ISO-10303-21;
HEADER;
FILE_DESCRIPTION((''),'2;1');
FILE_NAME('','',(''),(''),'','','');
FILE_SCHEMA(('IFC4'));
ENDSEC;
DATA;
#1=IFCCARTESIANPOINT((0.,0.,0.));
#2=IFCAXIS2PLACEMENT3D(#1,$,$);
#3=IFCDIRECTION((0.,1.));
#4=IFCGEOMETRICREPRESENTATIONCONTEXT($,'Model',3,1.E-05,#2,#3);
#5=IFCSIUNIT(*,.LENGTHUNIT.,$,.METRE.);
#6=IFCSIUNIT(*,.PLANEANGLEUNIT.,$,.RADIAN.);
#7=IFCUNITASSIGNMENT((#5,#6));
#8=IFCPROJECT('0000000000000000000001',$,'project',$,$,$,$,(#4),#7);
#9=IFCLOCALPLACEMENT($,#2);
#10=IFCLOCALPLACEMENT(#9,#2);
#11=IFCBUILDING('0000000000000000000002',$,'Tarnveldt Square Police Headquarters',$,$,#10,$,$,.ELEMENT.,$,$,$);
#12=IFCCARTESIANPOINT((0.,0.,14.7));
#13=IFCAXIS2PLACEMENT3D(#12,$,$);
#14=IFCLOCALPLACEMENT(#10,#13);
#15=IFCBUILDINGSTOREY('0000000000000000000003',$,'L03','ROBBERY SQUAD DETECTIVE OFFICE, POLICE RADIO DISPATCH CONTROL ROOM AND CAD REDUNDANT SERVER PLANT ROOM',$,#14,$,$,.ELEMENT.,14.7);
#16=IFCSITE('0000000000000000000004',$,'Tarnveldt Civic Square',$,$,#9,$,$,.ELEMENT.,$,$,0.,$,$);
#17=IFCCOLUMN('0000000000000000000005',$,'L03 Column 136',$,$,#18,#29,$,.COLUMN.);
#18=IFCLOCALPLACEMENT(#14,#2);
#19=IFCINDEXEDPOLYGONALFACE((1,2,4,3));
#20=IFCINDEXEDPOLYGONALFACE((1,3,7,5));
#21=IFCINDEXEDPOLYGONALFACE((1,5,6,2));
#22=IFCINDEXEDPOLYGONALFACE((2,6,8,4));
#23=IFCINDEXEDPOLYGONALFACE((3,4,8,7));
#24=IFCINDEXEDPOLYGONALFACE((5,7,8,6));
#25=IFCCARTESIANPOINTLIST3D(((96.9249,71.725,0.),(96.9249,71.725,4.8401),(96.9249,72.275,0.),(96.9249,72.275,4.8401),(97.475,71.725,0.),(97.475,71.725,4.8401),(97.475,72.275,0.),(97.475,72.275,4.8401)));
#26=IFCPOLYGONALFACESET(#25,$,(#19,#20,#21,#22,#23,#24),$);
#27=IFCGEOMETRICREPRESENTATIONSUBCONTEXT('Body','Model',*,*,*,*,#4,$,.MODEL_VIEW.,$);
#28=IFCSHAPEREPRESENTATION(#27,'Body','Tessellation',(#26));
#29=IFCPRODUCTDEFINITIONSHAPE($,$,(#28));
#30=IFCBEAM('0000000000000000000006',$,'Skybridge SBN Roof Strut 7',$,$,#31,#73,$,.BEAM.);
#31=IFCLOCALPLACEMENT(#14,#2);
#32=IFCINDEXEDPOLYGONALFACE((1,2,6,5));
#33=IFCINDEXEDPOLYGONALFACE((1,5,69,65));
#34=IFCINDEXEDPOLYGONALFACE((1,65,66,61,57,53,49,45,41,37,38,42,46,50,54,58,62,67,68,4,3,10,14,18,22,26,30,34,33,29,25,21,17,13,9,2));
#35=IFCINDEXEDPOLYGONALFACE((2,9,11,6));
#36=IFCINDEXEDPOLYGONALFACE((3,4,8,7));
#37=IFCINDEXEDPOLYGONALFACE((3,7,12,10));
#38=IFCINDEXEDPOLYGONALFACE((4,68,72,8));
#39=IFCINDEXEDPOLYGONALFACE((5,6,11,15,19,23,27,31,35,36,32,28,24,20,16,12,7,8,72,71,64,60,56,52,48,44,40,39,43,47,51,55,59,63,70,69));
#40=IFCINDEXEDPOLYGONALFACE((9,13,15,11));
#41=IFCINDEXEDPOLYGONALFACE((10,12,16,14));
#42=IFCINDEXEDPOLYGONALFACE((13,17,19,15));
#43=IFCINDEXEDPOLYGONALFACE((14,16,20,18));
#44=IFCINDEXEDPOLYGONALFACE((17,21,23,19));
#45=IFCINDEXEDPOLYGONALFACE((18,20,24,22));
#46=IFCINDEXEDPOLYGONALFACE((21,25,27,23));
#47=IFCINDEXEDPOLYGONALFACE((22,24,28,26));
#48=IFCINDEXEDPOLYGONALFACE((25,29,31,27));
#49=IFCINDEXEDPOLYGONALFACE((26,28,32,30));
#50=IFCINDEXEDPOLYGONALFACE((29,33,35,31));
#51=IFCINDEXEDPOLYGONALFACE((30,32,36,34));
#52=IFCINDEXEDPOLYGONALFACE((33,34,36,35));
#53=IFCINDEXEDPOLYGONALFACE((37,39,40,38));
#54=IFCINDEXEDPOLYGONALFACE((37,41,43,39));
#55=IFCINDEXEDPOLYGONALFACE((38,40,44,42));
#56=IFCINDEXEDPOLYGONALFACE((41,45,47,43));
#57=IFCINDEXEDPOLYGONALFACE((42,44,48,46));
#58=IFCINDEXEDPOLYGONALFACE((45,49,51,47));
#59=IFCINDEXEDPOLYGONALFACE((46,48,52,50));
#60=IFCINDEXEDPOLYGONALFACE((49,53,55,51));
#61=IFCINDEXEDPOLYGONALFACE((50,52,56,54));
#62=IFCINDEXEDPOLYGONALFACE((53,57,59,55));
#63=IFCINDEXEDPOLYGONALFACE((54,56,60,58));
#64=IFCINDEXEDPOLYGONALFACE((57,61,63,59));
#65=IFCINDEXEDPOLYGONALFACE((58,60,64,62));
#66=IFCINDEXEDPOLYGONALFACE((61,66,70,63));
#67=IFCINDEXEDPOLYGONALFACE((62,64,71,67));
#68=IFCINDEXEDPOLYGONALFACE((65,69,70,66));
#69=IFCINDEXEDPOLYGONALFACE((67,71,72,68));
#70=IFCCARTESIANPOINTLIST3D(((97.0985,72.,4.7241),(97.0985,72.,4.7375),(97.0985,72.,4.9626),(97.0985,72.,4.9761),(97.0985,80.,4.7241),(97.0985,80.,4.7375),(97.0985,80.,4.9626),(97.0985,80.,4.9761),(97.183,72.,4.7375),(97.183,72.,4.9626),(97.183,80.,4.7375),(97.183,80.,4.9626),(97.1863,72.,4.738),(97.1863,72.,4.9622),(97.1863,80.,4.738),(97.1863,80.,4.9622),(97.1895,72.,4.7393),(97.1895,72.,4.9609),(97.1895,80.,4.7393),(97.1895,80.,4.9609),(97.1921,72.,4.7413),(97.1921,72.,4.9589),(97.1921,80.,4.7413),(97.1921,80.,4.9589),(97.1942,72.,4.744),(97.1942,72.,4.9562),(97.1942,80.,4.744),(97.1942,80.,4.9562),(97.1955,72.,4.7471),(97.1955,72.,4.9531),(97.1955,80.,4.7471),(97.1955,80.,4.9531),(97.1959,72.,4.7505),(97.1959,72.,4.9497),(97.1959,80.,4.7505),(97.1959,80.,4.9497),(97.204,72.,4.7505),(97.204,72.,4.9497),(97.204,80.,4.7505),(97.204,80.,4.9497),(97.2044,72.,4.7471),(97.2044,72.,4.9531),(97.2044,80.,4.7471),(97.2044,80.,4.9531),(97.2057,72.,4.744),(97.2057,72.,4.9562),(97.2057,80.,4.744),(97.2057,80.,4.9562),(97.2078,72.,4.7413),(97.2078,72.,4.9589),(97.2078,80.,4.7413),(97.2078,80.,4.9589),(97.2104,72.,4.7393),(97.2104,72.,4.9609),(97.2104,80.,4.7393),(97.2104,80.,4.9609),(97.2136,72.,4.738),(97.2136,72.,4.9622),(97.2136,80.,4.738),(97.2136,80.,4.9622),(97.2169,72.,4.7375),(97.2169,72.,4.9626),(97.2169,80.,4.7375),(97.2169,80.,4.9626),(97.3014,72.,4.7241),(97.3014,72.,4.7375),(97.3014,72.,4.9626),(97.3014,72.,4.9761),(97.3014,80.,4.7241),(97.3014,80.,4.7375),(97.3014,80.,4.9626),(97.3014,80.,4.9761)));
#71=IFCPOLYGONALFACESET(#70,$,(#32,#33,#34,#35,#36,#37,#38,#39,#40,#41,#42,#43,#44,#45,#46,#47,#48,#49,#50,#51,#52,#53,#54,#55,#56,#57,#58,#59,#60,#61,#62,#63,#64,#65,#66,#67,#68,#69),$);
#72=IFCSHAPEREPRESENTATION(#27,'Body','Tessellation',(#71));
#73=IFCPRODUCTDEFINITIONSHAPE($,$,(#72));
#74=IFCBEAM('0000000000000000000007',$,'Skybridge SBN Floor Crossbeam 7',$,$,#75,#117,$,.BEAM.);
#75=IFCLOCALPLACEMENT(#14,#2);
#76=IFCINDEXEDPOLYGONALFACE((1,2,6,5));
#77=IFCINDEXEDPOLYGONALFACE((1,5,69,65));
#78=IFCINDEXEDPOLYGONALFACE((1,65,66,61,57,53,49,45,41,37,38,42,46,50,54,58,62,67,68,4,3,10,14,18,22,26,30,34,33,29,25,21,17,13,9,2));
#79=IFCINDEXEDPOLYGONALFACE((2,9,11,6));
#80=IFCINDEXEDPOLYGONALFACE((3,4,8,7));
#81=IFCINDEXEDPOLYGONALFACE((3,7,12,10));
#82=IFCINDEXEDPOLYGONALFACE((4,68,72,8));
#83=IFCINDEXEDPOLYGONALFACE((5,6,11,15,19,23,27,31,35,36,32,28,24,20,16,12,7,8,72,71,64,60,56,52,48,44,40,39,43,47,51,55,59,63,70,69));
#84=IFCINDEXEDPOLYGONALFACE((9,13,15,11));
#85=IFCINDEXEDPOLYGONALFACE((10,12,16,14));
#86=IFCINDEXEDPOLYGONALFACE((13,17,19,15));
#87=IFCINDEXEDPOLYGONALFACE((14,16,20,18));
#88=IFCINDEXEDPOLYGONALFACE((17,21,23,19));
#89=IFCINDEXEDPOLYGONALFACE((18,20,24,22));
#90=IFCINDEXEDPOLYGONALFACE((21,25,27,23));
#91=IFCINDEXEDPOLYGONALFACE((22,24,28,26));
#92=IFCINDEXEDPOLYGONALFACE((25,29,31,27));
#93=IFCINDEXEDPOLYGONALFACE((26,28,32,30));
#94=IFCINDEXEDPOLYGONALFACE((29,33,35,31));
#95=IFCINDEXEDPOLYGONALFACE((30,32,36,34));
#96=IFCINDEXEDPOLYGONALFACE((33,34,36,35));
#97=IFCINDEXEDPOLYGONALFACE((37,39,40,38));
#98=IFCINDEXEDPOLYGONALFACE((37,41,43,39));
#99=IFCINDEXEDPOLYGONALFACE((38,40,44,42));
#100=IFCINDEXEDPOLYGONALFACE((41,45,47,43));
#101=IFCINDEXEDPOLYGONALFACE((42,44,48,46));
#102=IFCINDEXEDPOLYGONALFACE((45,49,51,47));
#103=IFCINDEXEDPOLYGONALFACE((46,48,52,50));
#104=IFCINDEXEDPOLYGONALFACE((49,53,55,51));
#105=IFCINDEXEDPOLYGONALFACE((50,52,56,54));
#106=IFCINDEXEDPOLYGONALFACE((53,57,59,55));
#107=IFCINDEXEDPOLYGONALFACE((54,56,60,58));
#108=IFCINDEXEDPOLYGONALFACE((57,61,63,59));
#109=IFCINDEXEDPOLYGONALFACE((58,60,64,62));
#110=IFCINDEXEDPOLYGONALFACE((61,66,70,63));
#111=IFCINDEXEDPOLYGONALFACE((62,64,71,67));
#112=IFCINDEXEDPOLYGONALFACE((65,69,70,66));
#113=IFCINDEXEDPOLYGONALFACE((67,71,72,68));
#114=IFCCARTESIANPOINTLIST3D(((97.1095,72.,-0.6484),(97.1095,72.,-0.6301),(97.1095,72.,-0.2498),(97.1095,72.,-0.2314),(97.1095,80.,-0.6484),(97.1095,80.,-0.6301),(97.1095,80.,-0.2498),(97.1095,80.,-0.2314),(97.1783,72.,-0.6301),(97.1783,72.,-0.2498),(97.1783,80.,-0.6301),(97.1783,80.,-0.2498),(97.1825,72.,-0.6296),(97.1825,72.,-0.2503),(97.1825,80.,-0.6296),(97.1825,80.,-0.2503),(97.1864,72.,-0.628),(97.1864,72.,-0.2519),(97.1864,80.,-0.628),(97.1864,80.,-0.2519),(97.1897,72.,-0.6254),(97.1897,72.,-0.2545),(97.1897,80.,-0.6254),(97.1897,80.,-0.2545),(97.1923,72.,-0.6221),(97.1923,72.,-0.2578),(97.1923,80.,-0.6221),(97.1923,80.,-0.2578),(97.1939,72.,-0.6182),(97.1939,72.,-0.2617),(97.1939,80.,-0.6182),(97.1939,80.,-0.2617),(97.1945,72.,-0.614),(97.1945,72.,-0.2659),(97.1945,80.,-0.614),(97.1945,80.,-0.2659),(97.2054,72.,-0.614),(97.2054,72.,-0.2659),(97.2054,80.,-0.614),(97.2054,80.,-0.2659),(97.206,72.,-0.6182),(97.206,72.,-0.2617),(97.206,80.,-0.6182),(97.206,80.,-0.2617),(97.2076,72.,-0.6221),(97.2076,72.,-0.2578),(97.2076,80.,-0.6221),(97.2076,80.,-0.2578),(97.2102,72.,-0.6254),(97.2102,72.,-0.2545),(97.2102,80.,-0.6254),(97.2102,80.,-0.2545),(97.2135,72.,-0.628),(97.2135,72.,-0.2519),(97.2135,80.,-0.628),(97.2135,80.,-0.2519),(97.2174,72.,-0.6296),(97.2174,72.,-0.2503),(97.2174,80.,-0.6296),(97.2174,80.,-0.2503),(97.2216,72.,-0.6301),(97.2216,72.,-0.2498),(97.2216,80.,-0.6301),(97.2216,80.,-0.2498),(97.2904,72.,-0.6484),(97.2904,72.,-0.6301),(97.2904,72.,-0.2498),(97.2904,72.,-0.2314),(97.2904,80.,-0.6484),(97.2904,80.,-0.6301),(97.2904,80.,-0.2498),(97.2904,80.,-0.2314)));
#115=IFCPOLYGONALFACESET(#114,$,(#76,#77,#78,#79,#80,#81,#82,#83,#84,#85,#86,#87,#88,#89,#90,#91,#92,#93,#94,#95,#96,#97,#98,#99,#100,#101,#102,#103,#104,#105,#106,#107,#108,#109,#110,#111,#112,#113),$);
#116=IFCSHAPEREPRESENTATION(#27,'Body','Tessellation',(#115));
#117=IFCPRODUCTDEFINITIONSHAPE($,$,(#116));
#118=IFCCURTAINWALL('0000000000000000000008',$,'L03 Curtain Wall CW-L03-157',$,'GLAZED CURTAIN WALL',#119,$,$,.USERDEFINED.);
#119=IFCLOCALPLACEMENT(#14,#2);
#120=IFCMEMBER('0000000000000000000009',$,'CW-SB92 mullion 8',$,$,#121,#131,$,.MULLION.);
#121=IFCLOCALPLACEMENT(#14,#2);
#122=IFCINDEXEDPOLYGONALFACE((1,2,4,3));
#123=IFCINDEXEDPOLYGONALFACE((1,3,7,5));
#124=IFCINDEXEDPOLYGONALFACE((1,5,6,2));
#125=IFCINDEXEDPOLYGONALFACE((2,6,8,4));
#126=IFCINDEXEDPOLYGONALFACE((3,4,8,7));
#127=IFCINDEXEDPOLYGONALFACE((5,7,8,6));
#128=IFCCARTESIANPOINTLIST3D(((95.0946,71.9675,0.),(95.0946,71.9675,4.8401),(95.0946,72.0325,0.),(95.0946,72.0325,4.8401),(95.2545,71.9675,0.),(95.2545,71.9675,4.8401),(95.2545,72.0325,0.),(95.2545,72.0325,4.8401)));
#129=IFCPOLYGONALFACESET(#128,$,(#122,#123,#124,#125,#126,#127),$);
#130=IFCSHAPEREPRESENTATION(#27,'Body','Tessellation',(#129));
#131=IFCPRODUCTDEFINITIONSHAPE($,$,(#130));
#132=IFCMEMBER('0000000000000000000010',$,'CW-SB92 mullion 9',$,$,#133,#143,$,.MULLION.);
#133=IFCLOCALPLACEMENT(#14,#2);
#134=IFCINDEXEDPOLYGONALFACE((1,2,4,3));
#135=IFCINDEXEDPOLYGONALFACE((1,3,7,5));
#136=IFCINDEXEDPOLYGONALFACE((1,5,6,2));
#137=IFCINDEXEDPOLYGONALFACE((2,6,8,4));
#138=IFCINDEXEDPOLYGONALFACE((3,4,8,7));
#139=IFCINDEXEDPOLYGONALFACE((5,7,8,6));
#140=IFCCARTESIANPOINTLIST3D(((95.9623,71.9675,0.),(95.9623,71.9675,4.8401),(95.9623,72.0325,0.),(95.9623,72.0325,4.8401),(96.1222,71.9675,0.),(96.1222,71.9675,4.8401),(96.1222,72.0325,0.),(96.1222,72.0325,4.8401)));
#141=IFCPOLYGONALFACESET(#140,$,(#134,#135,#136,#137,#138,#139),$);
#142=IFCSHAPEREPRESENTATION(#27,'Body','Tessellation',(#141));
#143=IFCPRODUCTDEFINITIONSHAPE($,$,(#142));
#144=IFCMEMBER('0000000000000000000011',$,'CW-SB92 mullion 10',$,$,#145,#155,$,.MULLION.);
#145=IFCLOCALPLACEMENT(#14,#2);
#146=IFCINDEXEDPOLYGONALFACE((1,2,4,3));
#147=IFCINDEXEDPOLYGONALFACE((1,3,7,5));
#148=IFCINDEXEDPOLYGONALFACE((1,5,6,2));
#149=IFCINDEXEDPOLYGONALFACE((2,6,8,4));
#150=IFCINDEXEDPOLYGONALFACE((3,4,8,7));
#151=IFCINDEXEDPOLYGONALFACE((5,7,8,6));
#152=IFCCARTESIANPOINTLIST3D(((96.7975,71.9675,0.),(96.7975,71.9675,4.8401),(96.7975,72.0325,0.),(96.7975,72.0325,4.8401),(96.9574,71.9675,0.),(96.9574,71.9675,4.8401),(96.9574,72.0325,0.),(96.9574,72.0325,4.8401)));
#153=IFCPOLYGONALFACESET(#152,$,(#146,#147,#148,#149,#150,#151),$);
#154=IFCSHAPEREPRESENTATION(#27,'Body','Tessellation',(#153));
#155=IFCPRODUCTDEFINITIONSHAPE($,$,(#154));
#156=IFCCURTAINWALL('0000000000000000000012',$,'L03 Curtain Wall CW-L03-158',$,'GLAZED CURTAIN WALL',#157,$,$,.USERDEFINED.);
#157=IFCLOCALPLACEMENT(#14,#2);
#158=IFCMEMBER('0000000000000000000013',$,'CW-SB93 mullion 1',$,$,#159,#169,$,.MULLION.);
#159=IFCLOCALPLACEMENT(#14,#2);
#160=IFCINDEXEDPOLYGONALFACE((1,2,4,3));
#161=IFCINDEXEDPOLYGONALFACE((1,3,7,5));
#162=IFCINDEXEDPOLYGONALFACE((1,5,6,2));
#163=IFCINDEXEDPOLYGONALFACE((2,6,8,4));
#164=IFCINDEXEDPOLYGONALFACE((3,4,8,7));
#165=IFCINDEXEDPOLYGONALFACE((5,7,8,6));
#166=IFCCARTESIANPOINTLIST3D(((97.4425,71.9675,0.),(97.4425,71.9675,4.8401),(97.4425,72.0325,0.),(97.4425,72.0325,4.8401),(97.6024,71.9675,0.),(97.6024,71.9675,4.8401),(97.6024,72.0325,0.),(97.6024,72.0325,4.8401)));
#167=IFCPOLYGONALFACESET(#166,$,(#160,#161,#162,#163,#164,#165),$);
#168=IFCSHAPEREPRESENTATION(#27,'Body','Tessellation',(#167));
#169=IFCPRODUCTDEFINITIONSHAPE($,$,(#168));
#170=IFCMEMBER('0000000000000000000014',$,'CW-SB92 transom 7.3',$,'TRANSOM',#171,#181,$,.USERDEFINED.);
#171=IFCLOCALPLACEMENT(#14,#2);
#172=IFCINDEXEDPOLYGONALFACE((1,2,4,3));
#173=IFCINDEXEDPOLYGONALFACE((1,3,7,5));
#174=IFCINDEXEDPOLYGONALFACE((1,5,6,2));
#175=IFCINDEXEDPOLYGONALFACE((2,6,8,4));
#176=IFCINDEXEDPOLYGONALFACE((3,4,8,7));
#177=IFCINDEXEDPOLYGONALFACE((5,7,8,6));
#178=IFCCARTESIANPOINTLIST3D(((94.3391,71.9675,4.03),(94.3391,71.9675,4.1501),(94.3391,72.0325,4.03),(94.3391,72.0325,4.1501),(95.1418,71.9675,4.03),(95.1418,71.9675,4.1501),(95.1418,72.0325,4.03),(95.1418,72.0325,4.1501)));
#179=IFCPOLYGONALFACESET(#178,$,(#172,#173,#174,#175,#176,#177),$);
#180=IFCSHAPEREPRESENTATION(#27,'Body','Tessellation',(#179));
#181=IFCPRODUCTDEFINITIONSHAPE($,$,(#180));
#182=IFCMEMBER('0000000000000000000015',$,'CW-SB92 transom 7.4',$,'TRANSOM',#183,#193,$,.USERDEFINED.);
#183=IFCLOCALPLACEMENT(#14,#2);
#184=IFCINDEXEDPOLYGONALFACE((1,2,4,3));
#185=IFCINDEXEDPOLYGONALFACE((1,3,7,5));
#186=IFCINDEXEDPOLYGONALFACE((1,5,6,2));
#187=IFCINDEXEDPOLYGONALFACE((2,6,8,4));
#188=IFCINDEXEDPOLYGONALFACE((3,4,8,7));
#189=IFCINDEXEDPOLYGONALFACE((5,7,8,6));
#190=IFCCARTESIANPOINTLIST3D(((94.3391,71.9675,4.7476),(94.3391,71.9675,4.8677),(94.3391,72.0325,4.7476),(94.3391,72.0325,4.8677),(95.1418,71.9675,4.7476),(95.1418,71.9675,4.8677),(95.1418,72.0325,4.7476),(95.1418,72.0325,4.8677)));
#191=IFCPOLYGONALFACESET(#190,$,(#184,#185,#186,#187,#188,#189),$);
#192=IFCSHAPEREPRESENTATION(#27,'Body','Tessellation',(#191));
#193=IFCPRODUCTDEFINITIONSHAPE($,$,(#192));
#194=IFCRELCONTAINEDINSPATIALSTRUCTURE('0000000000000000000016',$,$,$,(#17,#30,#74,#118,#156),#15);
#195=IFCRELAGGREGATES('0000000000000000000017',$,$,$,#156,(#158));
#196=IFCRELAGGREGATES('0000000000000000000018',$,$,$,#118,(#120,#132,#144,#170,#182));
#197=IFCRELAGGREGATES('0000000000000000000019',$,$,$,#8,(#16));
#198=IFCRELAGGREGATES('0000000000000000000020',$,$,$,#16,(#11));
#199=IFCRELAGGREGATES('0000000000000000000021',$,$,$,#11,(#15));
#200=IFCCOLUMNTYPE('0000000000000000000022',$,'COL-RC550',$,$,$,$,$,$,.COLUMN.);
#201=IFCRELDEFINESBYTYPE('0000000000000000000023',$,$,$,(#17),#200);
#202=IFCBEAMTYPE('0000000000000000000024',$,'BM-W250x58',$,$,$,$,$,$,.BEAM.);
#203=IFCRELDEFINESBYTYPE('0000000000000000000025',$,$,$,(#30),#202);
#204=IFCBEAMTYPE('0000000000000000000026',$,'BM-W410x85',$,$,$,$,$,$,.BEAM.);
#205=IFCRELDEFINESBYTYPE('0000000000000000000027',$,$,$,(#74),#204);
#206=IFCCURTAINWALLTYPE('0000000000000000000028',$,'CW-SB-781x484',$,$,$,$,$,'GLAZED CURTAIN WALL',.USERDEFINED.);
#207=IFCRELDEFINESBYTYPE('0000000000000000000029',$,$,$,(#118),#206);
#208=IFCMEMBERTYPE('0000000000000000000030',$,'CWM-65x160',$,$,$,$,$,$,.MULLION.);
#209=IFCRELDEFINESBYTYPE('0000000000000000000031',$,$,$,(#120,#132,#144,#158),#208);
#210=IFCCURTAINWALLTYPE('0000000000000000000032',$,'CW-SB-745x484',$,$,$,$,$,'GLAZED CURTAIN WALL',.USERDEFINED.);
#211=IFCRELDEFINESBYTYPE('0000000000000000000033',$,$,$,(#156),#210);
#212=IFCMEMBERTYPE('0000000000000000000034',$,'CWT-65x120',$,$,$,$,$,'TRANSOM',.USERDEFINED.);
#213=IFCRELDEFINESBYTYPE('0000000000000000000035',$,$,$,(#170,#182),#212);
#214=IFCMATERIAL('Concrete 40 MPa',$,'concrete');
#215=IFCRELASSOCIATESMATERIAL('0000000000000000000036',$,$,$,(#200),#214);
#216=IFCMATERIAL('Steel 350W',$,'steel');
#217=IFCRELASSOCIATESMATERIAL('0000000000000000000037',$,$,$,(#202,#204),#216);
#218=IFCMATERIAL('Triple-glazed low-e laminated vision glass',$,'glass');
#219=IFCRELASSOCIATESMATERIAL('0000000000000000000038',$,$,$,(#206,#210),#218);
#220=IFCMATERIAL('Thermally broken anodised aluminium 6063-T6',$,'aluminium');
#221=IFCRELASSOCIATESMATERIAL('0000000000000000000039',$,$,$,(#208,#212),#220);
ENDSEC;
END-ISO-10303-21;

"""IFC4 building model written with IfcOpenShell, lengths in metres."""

from ifc_helpers import new_model, si_unit, direction, frame, origin, origin_2d, place, context, subcontext, project, spatial, rectangle, i_section, extrude, material, material_profile, profile_set, type_object, element, aggregate, save


model = new_model("IFC4")

# Units and contexts
model_context = context("Model", 3, precision=1e-05, world=origin(), true_north=direction((0.0, 1.0)))
body_context = subcontext(model_context, "Body", "Model", "MODEL_VIEW")
ifc_project = project(units=[si_unit("LENGTHUNIT", "METRE"), si_unit("PLANEANGLEUNIT", "RADIAN")], contexts=[model_context])

# Site, building, storey
site_placement = place(None, origin())
site = spatial("IfcSite", under=ifc_project, at=site_placement, Name="Tarnveldt Civic Square", CompositionType="ELEMENT", RefElevation=0.0)
building_placement = place(site_placement, origin())
building = spatial("IfcBuilding", under=site, at=building_placement, Name="Tarnveldt Square Police Headquarters", CompositionType="ELEMENT")
storey_placement = place(building_placement, frame((0.0, 0.0, 14.7)))
storey = spatial("IfcBuildingStorey", under=building, at=storey_placement, Name="L03", Description="ROBBERY SQUAD DETECTIVE OFFICE, POLICE RADIO DISPATCH CONTROL ROOM AND CAD REDUNDANT SERVER PLANT ROOM", CompositionType="ELEMENT", Elevation=14.7)

# Column
ifc_material_1 = material(Name="Concrete 40 MPa", Category="concrete")
ifc_material_profile_1 = material_profile(ifc_material_1, rectangle(XDim=0.55, YDim=0.55, at=origin_2d()), Name="RC-C550x550")
ifc_profile_set_1 = profile_set([ifc_material_profile_1], Name="Concrete 40 MPa")
column_type = type_object("IfcColumnType", Name="COL-RC550", PredefinedType="COLUMN", material=ifc_profile_set_1)
column_placement = place(storey_placement, frame((97.2, 72.0, 0.0), z_axis=(0.0, 0.0, 1.0), x_axis=(1.0, 0.0, 0.0)))
element("IfcColumn", 1, at=column_placement, inside=storey, type_object=column_type, Name="L03 Column 136", PredefinedType="COLUMN", context=body_context, shape_type="SweptSolid", body=[
    extrude(rectangle(XDim=0.55, YDim=0.55, at=origin_2d()), origin(), (0.0, 0.0, 1.0), 4.8401),
])

# Beams
ifc_material_2 = material(Name="Steel 350W", Category="steel")
ifc_material_profile_2 = material_profile(ifc_material_2, i_section(OverallWidth=0.2029, OverallDepth=0.252, WebThickness=0.0081, FlangeThickness=0.0134, FilletRadius=0.0129, at=origin_2d()), Name="W250x58")
ifc_profile_set_2 = profile_set([ifc_material_profile_2], Name="Steel 350W")
beam_type_1 = type_object("IfcBeamType", Name="BM-W250x58", PredefinedType="BEAM", material=ifc_profile_set_2)
beam_1_placement = place(storey_placement, frame((97.2, 72.0, 4.8501), z_axis=(0.0, 1.0, 0.0), x_axis=(-1.0, 0.0, 0.0)))
element("IfcBeam", 2, at=beam_1_placement, inside=storey, type_object=beam_type_1, Name="Skybridge SBN Roof Strut 7", PredefinedType="BEAM", context=body_context, shape_type="SweptSolid", body=[
    extrude(i_section(OverallWidth=0.2029, OverallDepth=0.252, WebThickness=0.0081, FlangeThickness=0.0134, FilletRadius=0.0129, at=origin_2d()), origin(), (0.0, 0.0, 1.0), 8.0),
])
ifc_material_profile_3 = material_profile(ifc_material_2, i_section(OverallWidth=0.1809, OverallDepth=0.417, WebThickness=0.011, FlangeThickness=0.0183, FilletRadius=0.0161, at=origin_2d()), Name="W410x85")
ifc_profile_set_3 = profile_set([ifc_material_profile_3], Name="Steel 350W")
beam_type_2 = type_object("IfcBeamType", Name="BM-W410x85", PredefinedType="BEAM", material=ifc_profile_set_3)
beam_2_placement = place(storey_placement, frame((97.2, 72.0, -0.4399), z_axis=(0.0, 1.0, 0.0), x_axis=(-1.0, 0.0, 0.0)))
element("IfcBeam", 3, at=beam_2_placement, inside=storey, type_object=beam_type_2, Name="Skybridge SBN Floor Crossbeam 7", PredefinedType="BEAM", context=body_context, shape_type="SweptSolid", body=[
    extrude(i_section(OverallWidth=0.1809, OverallDepth=0.417, WebThickness=0.011, FlangeThickness=0.0183, FilletRadius=0.0161, at=origin_2d()), origin(), (0.0, 0.0, 1.0), 8.0),
])

# Curtain wall, members
ifc_material_3 = material(Name="Triple-glazed low-e laminated vision glass", Category="glass")
curtain_wall_type_1 = type_object("IfcCurtainWallType", Name="CW-SB-781x484", ElementType="GLAZED CURTAIN WALL", PredefinedType="USERDEFINED", material=ifc_material_3)
curtain_wall_1_placement = place(storey_placement, origin())
curtain_wall_1 = element("IfcCurtainWall", 4, at=curtain_wall_1_placement, inside=storey, type_object=curtain_wall_type_1, Name="L03 Curtain Wall CW-L03-157", ObjectType="GLAZED CURTAIN WALL", PredefinedType="USERDEFINED")
ifc_material_4 = material(Name="Thermally broken anodised aluminium 6063-T6", Category="aluminium")
ifc_material_profile_4 = material_profile(ifc_material_4, rectangle(XDim=0.0649, YDim=0.1599, at=origin_2d()), Name="CW-M65x160")
ifc_profile_set_4 = profile_set([ifc_material_profile_4], Name="Thermally broken anodised aluminium 6063-T6")
member_type_1 = type_object("IfcMemberType", Name="CWM-65x160", PredefinedType="MULLION", material=ifc_profile_set_4)
member_1_placement = place(storey_placement, frame((95.1746, 72.0, 0.0), z_axis=(0.0, 0.0, 1.0), x_axis=(0.0, 1.0, 0.0)))
member_1 = element("IfcMember", 5, at=member_1_placement, type_object=member_type_1, Name="CW-SB92 mullion 8", PredefinedType="MULLION", context=body_context, shape_type="SweptSolid", body=[
    extrude(rectangle(XDim=0.0649, YDim=0.1599, at=origin_2d()), origin(), (0.0, 0.0, 1.0), 4.8401),
])
member_2_placement = place(storey_placement, frame((96.0422, 72.0, 0.0), z_axis=(0.0, 0.0, 1.0), x_axis=(0.0, 1.0, 0.0)))
member_2 = element("IfcMember", 6, at=member_2_placement, type_object=member_type_1, Name="CW-SB92 mullion 9", PredefinedType="MULLION", context=body_context, shape_type="SweptSolid", body=[
    extrude(rectangle(XDim=0.0649, YDim=0.1599, at=origin_2d()), origin(), (0.0, 0.0, 1.0), 4.8401),
])
member_3_placement = place(storey_placement, frame((96.8774, 72.0, 0.0), z_axis=(0.0, 0.0, 1.0), x_axis=(0.0, 1.0, 0.0)))
member_3 = element("IfcMember", 7, at=member_3_placement, type_object=member_type_1, Name="CW-SB92 mullion 10", PredefinedType="MULLION", context=body_context, shape_type="SweptSolid", body=[
    extrude(rectangle(XDim=0.0649, YDim=0.1599, at=origin_2d()), origin(), (0.0, 0.0, 1.0), 4.8401),
])

# Curtain wall, member
curtain_wall_type_2 = type_object("IfcCurtainWallType", Name="CW-SB-745x484", ElementType="GLAZED CURTAIN WALL", PredefinedType="USERDEFINED", material=ifc_material_3)
curtain_wall_2_placement = place(storey_placement, origin())
curtain_wall_2 = element("IfcCurtainWall", 8, at=curtain_wall_2_placement, inside=storey, type_object=curtain_wall_type_2, Name="L03 Curtain Wall CW-L03-158", ObjectType="GLAZED CURTAIN WALL", PredefinedType="USERDEFINED")
member_4_placement = place(storey_placement, frame((97.5225, 72.0, 0.0), z_axis=(0.0, 0.0, 1.0), x_axis=(0.0, 1.0, 0.0)))
member_4 = element("IfcMember", 9, at=member_4_placement, type_object=member_type_1, Name="CW-SB93 mullion 1", PredefinedType="MULLION", context=body_context, shape_type="SweptSolid", body=[
    extrude(rectangle(XDim=0.0649, YDim=0.1599, at=origin_2d()), origin(), (0.0, 0.0, 1.0), 4.8401),
])
aggregate(curtain_wall_2, [member_4])

# Members
ifc_material_profile_5 = material_profile(ifc_material_4, rectangle(XDim=0.0649, YDim=0.1201, at=origin_2d()), Name="CW-T65x120")
ifc_profile_set_5 = profile_set([ifc_material_profile_5], Name="Thermally broken anodised aluminium 6063-T6")
member_type_2 = type_object("IfcMemberType", Name="CWT-65x120", ElementType="TRANSOM", PredefinedType="USERDEFINED", material=ifc_profile_set_5)
member_5_placement = place(storey_placement, frame((94.3391, 72.0, 4.0901), z_axis=(1.0, 0.0, 0.0), x_axis=(0.0, 1.0, 0.0)))
member_5 = element("IfcMember", 10, at=member_5_placement, type_object=member_type_2, Name="CW-SB92 transom 7.3", ObjectType="TRANSOM", PredefinedType="USERDEFINED", context=body_context, shape_type="SweptSolid", body=[
    extrude(rectangle(XDim=0.0649, YDim=0.1201, at=origin_2d()), origin(), (0.0, 0.0, 1.0), 0.8027),
])
member_6_placement = place(storey_placement, frame((94.3391, 72.0, 4.8076), z_axis=(1.0, 0.0, 0.0), x_axis=(0.0, 1.0, 0.0)))
member_6 = element("IfcMember", 11, at=member_6_placement, type_object=member_type_2, Name="CW-SB92 transom 7.4", ObjectType="TRANSOM", PredefinedType="USERDEFINED", context=body_context, shape_type="SweptSolid", body=[
    extrude(rectangle(XDim=0.0649, YDim=0.1201, at=origin_2d()), origin(), (0.0, 0.0, 1.0), 0.8027),
])

aggregate(curtain_wall_1, [member_1, member_2, member_3, member_5, member_6])

save(model, "model.ifc")
